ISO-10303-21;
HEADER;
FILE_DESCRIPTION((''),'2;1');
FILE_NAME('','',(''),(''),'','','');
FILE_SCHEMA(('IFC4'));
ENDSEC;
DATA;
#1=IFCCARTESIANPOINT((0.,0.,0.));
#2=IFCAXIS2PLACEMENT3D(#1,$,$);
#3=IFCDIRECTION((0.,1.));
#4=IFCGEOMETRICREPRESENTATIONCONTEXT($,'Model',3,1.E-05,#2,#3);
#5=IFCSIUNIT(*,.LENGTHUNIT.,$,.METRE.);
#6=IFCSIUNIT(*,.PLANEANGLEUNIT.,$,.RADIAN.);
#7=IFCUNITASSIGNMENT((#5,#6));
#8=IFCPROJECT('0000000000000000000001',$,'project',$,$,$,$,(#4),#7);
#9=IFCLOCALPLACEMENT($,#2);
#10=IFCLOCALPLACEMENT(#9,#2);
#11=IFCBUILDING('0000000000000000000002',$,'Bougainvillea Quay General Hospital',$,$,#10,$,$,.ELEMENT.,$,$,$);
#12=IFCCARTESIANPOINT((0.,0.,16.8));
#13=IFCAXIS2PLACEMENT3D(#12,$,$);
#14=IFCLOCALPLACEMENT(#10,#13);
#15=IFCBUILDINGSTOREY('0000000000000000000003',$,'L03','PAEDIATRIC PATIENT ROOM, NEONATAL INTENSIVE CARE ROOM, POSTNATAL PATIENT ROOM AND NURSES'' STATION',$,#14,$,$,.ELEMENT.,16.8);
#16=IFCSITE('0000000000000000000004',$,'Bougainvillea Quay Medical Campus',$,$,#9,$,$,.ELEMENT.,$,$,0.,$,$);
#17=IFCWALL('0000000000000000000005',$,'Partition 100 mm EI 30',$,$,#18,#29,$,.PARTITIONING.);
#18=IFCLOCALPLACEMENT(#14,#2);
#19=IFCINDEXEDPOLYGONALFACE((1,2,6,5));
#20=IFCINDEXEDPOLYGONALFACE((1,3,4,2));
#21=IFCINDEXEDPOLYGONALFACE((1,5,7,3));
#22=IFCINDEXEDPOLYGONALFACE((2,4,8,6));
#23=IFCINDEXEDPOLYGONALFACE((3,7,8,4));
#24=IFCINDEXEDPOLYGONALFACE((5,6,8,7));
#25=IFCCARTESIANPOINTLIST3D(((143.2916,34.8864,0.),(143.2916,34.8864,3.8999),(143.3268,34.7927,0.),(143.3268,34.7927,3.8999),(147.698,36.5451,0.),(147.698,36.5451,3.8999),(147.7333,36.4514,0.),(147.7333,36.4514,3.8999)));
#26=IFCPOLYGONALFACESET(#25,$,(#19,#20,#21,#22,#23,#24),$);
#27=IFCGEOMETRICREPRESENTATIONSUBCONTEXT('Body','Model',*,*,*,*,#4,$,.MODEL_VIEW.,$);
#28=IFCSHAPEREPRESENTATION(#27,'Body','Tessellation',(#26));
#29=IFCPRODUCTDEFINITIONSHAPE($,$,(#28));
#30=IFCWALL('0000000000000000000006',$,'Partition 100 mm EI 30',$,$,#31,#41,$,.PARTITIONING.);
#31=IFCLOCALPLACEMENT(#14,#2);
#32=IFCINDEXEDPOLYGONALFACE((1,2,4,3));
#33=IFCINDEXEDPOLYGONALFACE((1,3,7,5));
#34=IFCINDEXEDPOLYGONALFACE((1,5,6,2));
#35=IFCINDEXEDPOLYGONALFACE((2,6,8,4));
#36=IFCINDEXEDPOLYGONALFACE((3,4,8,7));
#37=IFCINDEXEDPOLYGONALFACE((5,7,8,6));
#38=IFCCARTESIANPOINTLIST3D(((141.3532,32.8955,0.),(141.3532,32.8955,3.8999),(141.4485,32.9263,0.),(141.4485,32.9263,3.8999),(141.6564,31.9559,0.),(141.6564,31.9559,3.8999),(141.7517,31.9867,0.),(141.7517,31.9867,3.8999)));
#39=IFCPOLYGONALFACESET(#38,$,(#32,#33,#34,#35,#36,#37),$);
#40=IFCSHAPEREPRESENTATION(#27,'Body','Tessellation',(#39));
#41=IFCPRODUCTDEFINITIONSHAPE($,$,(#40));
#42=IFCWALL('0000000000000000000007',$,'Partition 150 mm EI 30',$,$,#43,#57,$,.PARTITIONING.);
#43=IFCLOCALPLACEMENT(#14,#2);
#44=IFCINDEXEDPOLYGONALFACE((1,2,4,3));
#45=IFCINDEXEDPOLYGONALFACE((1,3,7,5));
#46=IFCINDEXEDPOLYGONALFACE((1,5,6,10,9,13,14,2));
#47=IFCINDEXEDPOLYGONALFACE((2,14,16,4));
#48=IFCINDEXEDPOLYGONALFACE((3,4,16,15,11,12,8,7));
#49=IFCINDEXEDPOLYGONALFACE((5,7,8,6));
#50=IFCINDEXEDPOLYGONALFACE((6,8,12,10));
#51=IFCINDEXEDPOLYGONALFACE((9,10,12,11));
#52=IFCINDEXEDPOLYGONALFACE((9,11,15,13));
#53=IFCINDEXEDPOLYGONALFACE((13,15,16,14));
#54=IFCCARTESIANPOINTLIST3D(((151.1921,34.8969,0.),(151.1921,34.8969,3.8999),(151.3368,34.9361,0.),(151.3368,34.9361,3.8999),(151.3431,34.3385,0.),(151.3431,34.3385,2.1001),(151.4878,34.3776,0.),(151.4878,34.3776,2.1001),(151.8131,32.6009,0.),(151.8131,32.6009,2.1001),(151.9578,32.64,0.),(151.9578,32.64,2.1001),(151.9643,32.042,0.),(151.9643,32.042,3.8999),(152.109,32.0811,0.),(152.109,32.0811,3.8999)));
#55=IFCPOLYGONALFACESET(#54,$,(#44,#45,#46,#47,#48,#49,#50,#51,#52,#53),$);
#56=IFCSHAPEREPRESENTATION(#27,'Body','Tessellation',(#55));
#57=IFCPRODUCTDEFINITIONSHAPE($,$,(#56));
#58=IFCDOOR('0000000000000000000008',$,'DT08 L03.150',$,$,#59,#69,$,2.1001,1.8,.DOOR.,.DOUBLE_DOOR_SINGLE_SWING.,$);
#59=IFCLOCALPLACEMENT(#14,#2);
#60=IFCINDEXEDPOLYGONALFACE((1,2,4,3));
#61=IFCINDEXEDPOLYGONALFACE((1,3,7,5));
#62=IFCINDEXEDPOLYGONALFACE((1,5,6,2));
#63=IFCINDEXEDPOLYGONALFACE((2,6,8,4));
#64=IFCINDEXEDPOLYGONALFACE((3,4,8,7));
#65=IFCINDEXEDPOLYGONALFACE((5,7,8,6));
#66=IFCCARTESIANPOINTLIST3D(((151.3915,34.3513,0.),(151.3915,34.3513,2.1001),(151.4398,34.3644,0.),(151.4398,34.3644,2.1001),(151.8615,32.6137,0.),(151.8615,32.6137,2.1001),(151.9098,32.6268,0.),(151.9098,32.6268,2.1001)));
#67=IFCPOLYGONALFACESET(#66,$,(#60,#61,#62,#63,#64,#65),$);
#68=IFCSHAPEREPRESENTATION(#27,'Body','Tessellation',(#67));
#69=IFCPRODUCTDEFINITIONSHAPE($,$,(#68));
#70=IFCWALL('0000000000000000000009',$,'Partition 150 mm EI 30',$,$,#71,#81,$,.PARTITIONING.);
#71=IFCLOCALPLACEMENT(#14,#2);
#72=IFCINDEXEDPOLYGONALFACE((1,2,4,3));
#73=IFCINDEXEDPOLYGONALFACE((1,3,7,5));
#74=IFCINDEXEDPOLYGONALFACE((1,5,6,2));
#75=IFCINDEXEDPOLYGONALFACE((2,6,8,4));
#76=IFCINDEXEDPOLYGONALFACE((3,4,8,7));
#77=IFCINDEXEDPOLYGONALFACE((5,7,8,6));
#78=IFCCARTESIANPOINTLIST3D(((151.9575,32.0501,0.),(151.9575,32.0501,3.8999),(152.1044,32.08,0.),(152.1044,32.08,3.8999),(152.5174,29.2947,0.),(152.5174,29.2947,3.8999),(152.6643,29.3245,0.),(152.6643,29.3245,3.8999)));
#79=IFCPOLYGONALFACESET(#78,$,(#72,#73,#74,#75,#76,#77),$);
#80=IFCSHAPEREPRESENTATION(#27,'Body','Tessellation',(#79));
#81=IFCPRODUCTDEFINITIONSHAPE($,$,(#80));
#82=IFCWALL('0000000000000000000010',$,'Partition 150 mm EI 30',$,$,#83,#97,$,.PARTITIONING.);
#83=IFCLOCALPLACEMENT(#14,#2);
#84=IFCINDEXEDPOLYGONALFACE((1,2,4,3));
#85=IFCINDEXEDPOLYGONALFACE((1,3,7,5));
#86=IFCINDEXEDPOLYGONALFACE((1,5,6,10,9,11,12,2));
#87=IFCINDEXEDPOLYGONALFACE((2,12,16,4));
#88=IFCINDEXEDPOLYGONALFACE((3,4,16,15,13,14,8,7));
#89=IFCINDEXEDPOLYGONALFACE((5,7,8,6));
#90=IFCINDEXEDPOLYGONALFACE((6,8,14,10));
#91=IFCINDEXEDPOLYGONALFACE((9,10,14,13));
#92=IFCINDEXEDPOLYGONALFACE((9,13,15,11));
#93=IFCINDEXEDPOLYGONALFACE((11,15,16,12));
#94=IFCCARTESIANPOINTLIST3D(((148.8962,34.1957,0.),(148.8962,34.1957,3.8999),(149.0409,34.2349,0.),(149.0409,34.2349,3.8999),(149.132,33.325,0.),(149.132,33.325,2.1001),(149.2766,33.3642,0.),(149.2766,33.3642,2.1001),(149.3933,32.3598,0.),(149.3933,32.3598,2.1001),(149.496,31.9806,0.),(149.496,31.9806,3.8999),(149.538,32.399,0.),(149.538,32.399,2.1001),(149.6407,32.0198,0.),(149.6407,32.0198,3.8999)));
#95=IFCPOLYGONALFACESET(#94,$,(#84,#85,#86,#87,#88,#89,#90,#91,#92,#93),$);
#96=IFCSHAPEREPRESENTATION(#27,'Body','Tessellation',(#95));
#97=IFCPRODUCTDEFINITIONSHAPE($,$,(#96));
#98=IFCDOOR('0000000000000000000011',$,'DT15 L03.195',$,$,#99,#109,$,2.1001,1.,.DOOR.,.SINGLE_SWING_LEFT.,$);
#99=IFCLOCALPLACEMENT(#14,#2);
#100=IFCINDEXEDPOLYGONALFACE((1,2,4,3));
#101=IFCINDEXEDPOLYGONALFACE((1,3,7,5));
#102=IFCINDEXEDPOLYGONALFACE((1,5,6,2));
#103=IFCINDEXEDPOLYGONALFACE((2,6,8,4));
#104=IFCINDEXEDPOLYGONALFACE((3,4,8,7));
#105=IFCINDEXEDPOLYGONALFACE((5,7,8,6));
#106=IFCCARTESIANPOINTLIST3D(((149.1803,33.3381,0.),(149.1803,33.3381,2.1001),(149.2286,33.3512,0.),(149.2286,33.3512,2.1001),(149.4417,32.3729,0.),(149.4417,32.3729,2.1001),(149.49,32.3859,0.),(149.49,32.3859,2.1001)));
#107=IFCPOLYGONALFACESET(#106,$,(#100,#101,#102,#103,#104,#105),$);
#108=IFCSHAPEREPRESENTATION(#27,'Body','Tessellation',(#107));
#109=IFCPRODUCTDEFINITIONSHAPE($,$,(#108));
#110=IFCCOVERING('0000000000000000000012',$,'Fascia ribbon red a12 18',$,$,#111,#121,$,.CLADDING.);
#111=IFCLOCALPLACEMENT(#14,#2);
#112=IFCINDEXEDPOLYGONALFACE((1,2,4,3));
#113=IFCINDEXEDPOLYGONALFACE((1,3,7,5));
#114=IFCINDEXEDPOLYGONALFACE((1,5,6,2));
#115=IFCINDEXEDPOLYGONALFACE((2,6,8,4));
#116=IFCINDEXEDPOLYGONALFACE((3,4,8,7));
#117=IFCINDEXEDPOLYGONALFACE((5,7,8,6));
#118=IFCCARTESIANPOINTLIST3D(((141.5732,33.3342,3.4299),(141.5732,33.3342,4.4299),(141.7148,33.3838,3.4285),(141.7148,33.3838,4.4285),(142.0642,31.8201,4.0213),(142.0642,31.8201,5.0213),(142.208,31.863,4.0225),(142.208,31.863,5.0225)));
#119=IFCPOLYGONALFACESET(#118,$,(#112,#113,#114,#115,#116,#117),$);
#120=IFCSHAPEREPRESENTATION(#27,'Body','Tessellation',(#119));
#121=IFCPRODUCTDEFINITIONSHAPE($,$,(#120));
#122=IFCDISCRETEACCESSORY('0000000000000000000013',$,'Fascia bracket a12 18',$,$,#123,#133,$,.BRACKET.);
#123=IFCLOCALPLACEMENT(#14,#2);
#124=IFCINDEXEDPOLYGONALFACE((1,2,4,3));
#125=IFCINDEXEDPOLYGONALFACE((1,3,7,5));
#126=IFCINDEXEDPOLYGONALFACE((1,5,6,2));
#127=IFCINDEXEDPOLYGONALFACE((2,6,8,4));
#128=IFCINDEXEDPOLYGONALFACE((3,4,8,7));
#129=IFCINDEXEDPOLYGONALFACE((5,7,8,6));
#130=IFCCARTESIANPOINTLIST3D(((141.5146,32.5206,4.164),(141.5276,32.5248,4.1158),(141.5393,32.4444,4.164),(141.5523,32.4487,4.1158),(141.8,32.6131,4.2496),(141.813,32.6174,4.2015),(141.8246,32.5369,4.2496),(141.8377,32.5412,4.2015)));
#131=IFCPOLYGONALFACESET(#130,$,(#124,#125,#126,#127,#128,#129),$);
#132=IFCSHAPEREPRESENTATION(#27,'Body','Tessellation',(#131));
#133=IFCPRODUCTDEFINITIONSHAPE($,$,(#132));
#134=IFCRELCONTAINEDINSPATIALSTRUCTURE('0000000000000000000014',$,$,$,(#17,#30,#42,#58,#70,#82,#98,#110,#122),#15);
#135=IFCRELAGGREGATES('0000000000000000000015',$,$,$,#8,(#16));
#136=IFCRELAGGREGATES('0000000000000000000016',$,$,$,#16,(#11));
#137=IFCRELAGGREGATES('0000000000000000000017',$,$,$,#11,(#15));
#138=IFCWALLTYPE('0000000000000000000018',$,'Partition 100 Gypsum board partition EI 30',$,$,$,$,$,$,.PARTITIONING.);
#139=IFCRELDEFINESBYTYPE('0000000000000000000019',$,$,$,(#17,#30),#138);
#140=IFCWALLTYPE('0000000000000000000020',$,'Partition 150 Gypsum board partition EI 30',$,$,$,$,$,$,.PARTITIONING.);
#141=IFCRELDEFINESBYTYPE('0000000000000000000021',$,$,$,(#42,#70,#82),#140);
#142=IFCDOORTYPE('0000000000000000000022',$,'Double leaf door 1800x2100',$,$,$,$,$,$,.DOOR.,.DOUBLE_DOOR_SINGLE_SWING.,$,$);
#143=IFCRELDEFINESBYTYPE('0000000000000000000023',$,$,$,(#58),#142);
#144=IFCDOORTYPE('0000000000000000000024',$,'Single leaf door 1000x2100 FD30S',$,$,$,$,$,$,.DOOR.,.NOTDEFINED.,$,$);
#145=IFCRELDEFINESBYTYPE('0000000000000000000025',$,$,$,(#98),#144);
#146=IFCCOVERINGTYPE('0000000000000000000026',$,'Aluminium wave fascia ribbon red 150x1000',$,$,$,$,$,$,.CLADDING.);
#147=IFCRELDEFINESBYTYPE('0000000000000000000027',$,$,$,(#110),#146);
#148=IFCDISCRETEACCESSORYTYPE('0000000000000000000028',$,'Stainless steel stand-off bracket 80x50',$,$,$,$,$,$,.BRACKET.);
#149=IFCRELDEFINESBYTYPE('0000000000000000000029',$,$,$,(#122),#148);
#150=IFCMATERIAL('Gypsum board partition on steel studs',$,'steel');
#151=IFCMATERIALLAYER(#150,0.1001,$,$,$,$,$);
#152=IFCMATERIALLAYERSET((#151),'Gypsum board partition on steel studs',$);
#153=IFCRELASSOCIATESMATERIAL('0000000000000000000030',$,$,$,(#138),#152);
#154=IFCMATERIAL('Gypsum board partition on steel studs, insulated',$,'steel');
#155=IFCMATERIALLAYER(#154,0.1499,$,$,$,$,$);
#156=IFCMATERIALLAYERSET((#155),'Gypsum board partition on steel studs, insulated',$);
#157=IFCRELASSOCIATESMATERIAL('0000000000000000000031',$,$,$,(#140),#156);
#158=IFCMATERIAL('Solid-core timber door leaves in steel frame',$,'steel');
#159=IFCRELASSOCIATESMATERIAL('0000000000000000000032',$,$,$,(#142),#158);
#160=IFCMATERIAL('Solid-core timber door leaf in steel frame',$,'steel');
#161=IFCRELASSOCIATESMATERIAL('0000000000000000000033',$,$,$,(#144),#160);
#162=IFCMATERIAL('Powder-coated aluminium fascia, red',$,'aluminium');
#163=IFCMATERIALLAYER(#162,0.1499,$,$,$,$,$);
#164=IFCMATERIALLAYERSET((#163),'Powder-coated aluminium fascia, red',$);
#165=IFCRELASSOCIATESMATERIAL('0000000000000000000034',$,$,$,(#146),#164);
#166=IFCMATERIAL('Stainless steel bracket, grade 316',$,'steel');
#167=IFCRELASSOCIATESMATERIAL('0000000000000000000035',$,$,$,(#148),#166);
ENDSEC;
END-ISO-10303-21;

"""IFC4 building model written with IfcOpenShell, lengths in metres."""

from ifc_helpers import new_model, si_unit, direction, frame, frame_2d, origin, origin_2d, place, context, subcontext, project, spatial, polyline, rectangle, outline, extrude, material, layer, layer_set, material_profile, profile_set, type_object, element, fill, save


model = new_model("IFC4")

# Units and contexts
model_context = context("Model", 3, precision=1e-05, world=origin(), true_north=direction((0.0, 1.0)))
body_context = subcontext(model_context, "Body", "Model", "MODEL_VIEW")
ifc_project = project(units=[si_unit("LENGTHUNIT", "METRE"), si_unit("PLANEANGLEUNIT", "RADIAN")], contexts=[model_context])

# Site, building, storey
site_placement = place(None, origin())
site = spatial("IfcSite", under=ifc_project, at=site_placement, Name="Bougainvillea Quay Medical Campus", CompositionType="ELEMENT", RefElevation=0.0)
building_placement = place(site_placement, origin())
building = spatial("IfcBuilding", under=site, at=building_placement, Name="Bougainvillea Quay General Hospital", CompositionType="ELEMENT")
storey_placement = place(building_placement, frame((0.0, 0.0, 16.8)))
storey = spatial("IfcBuildingStorey", under=building, at=storey_placement, Name="L03", Description="PAEDIATRIC PATIENT ROOM, NEONATAL INTENSIVE CARE ROOM, POSTNATAL PATIENT ROOM AND NURSES' STATION", CompositionType="ELEMENT", Elevation=16.8)

# Walls
ifc_material_1 = material(Name="Gypsum board partition on steel studs", Category="steel")
ifc_layer_1 = layer(ifc_material_1, 0.1001)
ifc_layer_set_1 = layer_set([ifc_layer_1], Name="Gypsum board partition on steel studs")
wall_type_1 = type_object("IfcWallType", Name="Partition 100 Gypsum board partition EI 30", PredefinedType="PARTITIONING", material=ifc_layer_set_1)
wall_1_placement = place(storey_placement, frame((143.3093, 34.8396, 0.0), z_axis=(0.0, 0.0, 1.0), x_axis=(0.935892, 0.352288, 0.0)))
element("IfcWall", 1, at=wall_1_placement, inside=storey, type_object=wall_type_1, Name="Partition 100 mm EI 30", PredefinedType="PARTITIONING", context=body_context, shape_type="SweptSolid", body=[
    extrude(rectangle(XDim=4.7083, YDim=0.1001, at=frame_2d((2.354, 0.0))), origin(), (0.0, 0.0, 1.0), 3.8999),
])
wall_2_placement = place(storey_placement, frame((141.4009, 32.9109, 0.0), z_axis=(0.0, 0.0, 1.0), x_axis=(0.307089, -0.951681, 0.0)))
element("IfcWall", 2, at=wall_2_placement, inside=storey, type_object=wall_type_1, Name="Partition 100 mm EI 30", PredefinedType="PARTITIONING", context=body_context, shape_type="SweptSolid", body=[
    extrude(rectangle(XDim=0.9873, YDim=0.1001, at=frame_2d((0.4937, 0.0))), origin(), (0.0, 0.0, 1.0), 3.8999),
])

# Wall, opening, door
ifc_material_2 = material(Name="Gypsum board partition on steel studs, insulated", Category="steel")
ifc_layer_2 = layer(ifc_material_2, 0.1499)
ifc_layer_set_2 = layer_set([ifc_layer_2], Name="Gypsum board partition on steel studs, insulated")
wall_type_2 = type_object("IfcWallType", Name="Partition 150 Gypsum board partition EI 30", PredefinedType="PARTITIONING", material=ifc_layer_set_2)
wall_3_placement = place(storey_placement, frame((151.2644, 34.9165, 0.0), z_axis=(0.0, 0.0, 1.0), x_axis=(0.261098, -0.965312, 0.0)))
wall_3 = element("IfcWall", 3, at=wall_3_placement, inside=storey, type_object=wall_type_2, Name="Partition 150 mm EI 30", PredefinedType="PARTITIONING", context=body_context, shape_type="SweptSolid", body=[
    extrude(rectangle(XDim=2.9575, YDim=0.1499, at=frame_2d((1.4788, 0.0))), origin(), (0.0, 0.0, 1.0), 3.8999),
])
opening_1_placement = place(wall_3_placement, frame((0.5786, 0.0, 0.0)))
opening_1 = element("IfcOpeningElement", 4, at=opening_1_placement, cuts=wall_3, PredefinedType="OPENING", context=body_context, shape_type="SweptSolid", body=[
    extrude(rectangle(XDim=1.8, YDim=2.1001, at=frame_2d((0.8999, 1.05))), frame((0.0, 0.085, 0.0), z_axis=(0.0, -1.0, 0.0), x_axis=(1.0, 0.0, 0.0)), (0.0, 0.0, 1.0), 0.1699),
])
ifc_material_3 = material(Name="Solid-core timber door leaves in steel frame", Category="steel")
door_type_1 = type_object("IfcDoorType", Name="Double leaf door 1800x2100", OperationType="DOUBLE_DOOR_SINGLE_SWING", PredefinedType="DOOR", material=ifc_material_3)
door_1_placement = place(opening_1_placement, frame((1.8, 0.0, 0.0), z_axis=(0.0, 0.0, 1.0), x_axis=(-1.0, 0.0, 0.0)))
door_1 = element("IfcDoor", 5, at=door_1_placement, inside=storey, type_object=door_type_1, Name="DT08 L03.150", OperationType="DOUBLE_DOOR_SINGLE_SWING", OverallHeight=2.1001, OverallWidth=1.8, PredefinedType="DOOR", context=body_context, shape_type="SweptSolid", body=[
    extrude(rectangle(XDim=1.8, YDim=2.1001, at=frame_2d((0.8999, 1.05))), frame((0.0, 0.0249, 0.0), z_axis=(0.0, -1.0, 0.0), x_axis=(1.0, 0.0, 0.0)), (0.0, 0.0, 1.0), 0.05),
])
fill(opening_1, door_1)

# Wall
wall_4_placement = place(storey_placement, frame((152.031, 32.0649, 0.0), z_axis=(0.0, 0.0, 1.0), x_axis=(0.199104, -0.979978, 0.0)))
element("IfcWall", 6, at=wall_4_placement, inside=storey, type_object=wall_type_2, Name="Partition 150 mm EI 30", PredefinedType="PARTITIONING", context=body_context, shape_type="SweptSolid", body=[
    extrude(rectangle(XDim=2.8118, YDim=0.1499, at=frame_2d((1.4058, 0.0))), origin(), (0.0, 0.0, 1.0), 3.8999),
])

# Wall, opening, door
wall_5_placement = place(storey_placement, frame((148.9685, 34.2153, 0.0), z_axis=(0.0, 0.0, 1.0), x_axis=(0.261389, -0.965234, 0.0)))
wall_5 = element("IfcWall", 7, at=wall_5_placement, inside=storey, type_object=wall_type_2, Name="Partition 150 mm EI 30", PredefinedType="PARTITIONING", context=body_context, shape_type="SweptSolid", body=[
    extrude(rectangle(XDim=2.2949, YDim=0.1499, at=frame_2d((1.1475, 0.0))), origin(), (0.0, 0.0, 1.0), 3.8999),
])
opening_2_placement = place(wall_5_placement, frame((0.9021, 0.0, 0.0)))
opening_2 = element("IfcOpeningElement", 8, at=opening_2_placement, cuts=wall_5, PredefinedType="OPENING", context=body_context, shape_type="SweptSolid", body=[
    extrude(rectangle(XDim=1.0, YDim=2.1001, at=frame_2d((0.5, 1.05))), frame((0.0, 0.085, 0.0), z_axis=(0.0, -1.0, 0.0), x_axis=(1.0, 0.0, 0.0)), (0.0, 0.0, 1.0), 0.1699),
])
ifc_material_4 = material(Name="Solid-core timber door leaf in steel frame", Category="steel")
door_type_2 = type_object("IfcDoorType", Name="Single leaf door 1000x2100 FD30S", OperationType="NOTDEFINED", PredefinedType="DOOR", material=ifc_material_4)
door_2_placement = place(opening_2_placement, frame((1.0, 0.0, 0.0), z_axis=(0.0, 0.0, 1.0), x_axis=(-1.0, 0.0, 0.0)))
door_2 = element("IfcDoor", 9, at=door_2_placement, inside=storey, type_object=door_type_2, Name="DT15 L03.195", OperationType="SINGLE_SWING_LEFT", OverallHeight=2.1001, OverallWidth=1.0, PredefinedType="DOOR", context=body_context, shape_type="SweptSolid", body=[
    extrude(rectangle(XDim=1.0, YDim=2.1001, at=frame_2d((0.5, 1.05))), frame((0.0, 0.0249, 0.0), z_axis=(0.0, -1.0, 0.0), x_axis=(1.0, 0.0, 0.0)), (0.0, 0.0, 1.0), 0.05),
])
fill(opening_2, door_2)

# Covering
ifc_material_5 = material(Name="Powder-coated aluminium fascia, red", Category="aluminium")
ifc_layer_3 = layer(ifc_material_5, 0.1499)
ifc_layer_set_3 = layer_set([ifc_layer_3], Name="Powder-coated aluminium fascia, red")
covering_type = type_object("IfcCoveringType", Name="Aluminium wave fascia ribbon red 150x1000", PredefinedType="CLADDING", material=ifc_layer_set_3)
covering_placement = place(storey_placement, frame((141.5732, 33.3342, 3.4299), z_axis=(-0.106678, 0.331514, 0.9374), x_axis=(0.289133, -0.891696, 0.348255)))
element("IfcCovering", 10, at=covering_placement, inside=storey, type_object=covering_type, Name="Fascia ribbon red a12 18", PredefinedType="CLADDING", context=body_context, shape_type="SweptSolid", body=[
    extrude(outline(polyline([(0.0, 0.0), (1.6981, 0.0), (1.7017, 0.15), (-0.0038, 0.15), (0.0, 0.0)])), origin(), (0.348255, -0.000727, 0.9374), 1.0),
])

# Discrete accessory
ifc_material_6 = material(Name="Stainless steel bracket, grade 316", Category="steel")
ifc_material_profile_1 = material_profile(ifc_material_6, rectangle(XDim=0.0801, YDim=0.05, at=origin_2d()))
ifc_profile_set_1 = profile_set([ifc_material_profile_1], Name="Stainless steel bracket, grade 316")
discrete_accessory_type = type_object("IfcDiscreteAccessoryType", Name="Stainless steel stand-off bracket 80x50", PredefinedType="BRACKET", material=ifc_profile_set_1)
discrete_accessory_placement = place(storey_placement, frame((141.5334, 32.4846, 4.1399), z_axis=(0.914677, 0.296546, 0.274638), x_axis=(-0.308405, 0.951255, 0.0)))
element("IfcDiscreteAccessory", 11, at=discrete_accessory_placement, inside=storey, type_object=discrete_accessory_type, Name="Fascia bracket a12 18", PredefinedType="BRACKET", context=body_context, shape_type="SweptSolid", body=[
    extrude(rectangle(XDim=0.0801, YDim=0.05, at=origin_2d()), origin(), (0.0, 0.0, 1.0), 0.312),
])

save(model, "model.ifc")
